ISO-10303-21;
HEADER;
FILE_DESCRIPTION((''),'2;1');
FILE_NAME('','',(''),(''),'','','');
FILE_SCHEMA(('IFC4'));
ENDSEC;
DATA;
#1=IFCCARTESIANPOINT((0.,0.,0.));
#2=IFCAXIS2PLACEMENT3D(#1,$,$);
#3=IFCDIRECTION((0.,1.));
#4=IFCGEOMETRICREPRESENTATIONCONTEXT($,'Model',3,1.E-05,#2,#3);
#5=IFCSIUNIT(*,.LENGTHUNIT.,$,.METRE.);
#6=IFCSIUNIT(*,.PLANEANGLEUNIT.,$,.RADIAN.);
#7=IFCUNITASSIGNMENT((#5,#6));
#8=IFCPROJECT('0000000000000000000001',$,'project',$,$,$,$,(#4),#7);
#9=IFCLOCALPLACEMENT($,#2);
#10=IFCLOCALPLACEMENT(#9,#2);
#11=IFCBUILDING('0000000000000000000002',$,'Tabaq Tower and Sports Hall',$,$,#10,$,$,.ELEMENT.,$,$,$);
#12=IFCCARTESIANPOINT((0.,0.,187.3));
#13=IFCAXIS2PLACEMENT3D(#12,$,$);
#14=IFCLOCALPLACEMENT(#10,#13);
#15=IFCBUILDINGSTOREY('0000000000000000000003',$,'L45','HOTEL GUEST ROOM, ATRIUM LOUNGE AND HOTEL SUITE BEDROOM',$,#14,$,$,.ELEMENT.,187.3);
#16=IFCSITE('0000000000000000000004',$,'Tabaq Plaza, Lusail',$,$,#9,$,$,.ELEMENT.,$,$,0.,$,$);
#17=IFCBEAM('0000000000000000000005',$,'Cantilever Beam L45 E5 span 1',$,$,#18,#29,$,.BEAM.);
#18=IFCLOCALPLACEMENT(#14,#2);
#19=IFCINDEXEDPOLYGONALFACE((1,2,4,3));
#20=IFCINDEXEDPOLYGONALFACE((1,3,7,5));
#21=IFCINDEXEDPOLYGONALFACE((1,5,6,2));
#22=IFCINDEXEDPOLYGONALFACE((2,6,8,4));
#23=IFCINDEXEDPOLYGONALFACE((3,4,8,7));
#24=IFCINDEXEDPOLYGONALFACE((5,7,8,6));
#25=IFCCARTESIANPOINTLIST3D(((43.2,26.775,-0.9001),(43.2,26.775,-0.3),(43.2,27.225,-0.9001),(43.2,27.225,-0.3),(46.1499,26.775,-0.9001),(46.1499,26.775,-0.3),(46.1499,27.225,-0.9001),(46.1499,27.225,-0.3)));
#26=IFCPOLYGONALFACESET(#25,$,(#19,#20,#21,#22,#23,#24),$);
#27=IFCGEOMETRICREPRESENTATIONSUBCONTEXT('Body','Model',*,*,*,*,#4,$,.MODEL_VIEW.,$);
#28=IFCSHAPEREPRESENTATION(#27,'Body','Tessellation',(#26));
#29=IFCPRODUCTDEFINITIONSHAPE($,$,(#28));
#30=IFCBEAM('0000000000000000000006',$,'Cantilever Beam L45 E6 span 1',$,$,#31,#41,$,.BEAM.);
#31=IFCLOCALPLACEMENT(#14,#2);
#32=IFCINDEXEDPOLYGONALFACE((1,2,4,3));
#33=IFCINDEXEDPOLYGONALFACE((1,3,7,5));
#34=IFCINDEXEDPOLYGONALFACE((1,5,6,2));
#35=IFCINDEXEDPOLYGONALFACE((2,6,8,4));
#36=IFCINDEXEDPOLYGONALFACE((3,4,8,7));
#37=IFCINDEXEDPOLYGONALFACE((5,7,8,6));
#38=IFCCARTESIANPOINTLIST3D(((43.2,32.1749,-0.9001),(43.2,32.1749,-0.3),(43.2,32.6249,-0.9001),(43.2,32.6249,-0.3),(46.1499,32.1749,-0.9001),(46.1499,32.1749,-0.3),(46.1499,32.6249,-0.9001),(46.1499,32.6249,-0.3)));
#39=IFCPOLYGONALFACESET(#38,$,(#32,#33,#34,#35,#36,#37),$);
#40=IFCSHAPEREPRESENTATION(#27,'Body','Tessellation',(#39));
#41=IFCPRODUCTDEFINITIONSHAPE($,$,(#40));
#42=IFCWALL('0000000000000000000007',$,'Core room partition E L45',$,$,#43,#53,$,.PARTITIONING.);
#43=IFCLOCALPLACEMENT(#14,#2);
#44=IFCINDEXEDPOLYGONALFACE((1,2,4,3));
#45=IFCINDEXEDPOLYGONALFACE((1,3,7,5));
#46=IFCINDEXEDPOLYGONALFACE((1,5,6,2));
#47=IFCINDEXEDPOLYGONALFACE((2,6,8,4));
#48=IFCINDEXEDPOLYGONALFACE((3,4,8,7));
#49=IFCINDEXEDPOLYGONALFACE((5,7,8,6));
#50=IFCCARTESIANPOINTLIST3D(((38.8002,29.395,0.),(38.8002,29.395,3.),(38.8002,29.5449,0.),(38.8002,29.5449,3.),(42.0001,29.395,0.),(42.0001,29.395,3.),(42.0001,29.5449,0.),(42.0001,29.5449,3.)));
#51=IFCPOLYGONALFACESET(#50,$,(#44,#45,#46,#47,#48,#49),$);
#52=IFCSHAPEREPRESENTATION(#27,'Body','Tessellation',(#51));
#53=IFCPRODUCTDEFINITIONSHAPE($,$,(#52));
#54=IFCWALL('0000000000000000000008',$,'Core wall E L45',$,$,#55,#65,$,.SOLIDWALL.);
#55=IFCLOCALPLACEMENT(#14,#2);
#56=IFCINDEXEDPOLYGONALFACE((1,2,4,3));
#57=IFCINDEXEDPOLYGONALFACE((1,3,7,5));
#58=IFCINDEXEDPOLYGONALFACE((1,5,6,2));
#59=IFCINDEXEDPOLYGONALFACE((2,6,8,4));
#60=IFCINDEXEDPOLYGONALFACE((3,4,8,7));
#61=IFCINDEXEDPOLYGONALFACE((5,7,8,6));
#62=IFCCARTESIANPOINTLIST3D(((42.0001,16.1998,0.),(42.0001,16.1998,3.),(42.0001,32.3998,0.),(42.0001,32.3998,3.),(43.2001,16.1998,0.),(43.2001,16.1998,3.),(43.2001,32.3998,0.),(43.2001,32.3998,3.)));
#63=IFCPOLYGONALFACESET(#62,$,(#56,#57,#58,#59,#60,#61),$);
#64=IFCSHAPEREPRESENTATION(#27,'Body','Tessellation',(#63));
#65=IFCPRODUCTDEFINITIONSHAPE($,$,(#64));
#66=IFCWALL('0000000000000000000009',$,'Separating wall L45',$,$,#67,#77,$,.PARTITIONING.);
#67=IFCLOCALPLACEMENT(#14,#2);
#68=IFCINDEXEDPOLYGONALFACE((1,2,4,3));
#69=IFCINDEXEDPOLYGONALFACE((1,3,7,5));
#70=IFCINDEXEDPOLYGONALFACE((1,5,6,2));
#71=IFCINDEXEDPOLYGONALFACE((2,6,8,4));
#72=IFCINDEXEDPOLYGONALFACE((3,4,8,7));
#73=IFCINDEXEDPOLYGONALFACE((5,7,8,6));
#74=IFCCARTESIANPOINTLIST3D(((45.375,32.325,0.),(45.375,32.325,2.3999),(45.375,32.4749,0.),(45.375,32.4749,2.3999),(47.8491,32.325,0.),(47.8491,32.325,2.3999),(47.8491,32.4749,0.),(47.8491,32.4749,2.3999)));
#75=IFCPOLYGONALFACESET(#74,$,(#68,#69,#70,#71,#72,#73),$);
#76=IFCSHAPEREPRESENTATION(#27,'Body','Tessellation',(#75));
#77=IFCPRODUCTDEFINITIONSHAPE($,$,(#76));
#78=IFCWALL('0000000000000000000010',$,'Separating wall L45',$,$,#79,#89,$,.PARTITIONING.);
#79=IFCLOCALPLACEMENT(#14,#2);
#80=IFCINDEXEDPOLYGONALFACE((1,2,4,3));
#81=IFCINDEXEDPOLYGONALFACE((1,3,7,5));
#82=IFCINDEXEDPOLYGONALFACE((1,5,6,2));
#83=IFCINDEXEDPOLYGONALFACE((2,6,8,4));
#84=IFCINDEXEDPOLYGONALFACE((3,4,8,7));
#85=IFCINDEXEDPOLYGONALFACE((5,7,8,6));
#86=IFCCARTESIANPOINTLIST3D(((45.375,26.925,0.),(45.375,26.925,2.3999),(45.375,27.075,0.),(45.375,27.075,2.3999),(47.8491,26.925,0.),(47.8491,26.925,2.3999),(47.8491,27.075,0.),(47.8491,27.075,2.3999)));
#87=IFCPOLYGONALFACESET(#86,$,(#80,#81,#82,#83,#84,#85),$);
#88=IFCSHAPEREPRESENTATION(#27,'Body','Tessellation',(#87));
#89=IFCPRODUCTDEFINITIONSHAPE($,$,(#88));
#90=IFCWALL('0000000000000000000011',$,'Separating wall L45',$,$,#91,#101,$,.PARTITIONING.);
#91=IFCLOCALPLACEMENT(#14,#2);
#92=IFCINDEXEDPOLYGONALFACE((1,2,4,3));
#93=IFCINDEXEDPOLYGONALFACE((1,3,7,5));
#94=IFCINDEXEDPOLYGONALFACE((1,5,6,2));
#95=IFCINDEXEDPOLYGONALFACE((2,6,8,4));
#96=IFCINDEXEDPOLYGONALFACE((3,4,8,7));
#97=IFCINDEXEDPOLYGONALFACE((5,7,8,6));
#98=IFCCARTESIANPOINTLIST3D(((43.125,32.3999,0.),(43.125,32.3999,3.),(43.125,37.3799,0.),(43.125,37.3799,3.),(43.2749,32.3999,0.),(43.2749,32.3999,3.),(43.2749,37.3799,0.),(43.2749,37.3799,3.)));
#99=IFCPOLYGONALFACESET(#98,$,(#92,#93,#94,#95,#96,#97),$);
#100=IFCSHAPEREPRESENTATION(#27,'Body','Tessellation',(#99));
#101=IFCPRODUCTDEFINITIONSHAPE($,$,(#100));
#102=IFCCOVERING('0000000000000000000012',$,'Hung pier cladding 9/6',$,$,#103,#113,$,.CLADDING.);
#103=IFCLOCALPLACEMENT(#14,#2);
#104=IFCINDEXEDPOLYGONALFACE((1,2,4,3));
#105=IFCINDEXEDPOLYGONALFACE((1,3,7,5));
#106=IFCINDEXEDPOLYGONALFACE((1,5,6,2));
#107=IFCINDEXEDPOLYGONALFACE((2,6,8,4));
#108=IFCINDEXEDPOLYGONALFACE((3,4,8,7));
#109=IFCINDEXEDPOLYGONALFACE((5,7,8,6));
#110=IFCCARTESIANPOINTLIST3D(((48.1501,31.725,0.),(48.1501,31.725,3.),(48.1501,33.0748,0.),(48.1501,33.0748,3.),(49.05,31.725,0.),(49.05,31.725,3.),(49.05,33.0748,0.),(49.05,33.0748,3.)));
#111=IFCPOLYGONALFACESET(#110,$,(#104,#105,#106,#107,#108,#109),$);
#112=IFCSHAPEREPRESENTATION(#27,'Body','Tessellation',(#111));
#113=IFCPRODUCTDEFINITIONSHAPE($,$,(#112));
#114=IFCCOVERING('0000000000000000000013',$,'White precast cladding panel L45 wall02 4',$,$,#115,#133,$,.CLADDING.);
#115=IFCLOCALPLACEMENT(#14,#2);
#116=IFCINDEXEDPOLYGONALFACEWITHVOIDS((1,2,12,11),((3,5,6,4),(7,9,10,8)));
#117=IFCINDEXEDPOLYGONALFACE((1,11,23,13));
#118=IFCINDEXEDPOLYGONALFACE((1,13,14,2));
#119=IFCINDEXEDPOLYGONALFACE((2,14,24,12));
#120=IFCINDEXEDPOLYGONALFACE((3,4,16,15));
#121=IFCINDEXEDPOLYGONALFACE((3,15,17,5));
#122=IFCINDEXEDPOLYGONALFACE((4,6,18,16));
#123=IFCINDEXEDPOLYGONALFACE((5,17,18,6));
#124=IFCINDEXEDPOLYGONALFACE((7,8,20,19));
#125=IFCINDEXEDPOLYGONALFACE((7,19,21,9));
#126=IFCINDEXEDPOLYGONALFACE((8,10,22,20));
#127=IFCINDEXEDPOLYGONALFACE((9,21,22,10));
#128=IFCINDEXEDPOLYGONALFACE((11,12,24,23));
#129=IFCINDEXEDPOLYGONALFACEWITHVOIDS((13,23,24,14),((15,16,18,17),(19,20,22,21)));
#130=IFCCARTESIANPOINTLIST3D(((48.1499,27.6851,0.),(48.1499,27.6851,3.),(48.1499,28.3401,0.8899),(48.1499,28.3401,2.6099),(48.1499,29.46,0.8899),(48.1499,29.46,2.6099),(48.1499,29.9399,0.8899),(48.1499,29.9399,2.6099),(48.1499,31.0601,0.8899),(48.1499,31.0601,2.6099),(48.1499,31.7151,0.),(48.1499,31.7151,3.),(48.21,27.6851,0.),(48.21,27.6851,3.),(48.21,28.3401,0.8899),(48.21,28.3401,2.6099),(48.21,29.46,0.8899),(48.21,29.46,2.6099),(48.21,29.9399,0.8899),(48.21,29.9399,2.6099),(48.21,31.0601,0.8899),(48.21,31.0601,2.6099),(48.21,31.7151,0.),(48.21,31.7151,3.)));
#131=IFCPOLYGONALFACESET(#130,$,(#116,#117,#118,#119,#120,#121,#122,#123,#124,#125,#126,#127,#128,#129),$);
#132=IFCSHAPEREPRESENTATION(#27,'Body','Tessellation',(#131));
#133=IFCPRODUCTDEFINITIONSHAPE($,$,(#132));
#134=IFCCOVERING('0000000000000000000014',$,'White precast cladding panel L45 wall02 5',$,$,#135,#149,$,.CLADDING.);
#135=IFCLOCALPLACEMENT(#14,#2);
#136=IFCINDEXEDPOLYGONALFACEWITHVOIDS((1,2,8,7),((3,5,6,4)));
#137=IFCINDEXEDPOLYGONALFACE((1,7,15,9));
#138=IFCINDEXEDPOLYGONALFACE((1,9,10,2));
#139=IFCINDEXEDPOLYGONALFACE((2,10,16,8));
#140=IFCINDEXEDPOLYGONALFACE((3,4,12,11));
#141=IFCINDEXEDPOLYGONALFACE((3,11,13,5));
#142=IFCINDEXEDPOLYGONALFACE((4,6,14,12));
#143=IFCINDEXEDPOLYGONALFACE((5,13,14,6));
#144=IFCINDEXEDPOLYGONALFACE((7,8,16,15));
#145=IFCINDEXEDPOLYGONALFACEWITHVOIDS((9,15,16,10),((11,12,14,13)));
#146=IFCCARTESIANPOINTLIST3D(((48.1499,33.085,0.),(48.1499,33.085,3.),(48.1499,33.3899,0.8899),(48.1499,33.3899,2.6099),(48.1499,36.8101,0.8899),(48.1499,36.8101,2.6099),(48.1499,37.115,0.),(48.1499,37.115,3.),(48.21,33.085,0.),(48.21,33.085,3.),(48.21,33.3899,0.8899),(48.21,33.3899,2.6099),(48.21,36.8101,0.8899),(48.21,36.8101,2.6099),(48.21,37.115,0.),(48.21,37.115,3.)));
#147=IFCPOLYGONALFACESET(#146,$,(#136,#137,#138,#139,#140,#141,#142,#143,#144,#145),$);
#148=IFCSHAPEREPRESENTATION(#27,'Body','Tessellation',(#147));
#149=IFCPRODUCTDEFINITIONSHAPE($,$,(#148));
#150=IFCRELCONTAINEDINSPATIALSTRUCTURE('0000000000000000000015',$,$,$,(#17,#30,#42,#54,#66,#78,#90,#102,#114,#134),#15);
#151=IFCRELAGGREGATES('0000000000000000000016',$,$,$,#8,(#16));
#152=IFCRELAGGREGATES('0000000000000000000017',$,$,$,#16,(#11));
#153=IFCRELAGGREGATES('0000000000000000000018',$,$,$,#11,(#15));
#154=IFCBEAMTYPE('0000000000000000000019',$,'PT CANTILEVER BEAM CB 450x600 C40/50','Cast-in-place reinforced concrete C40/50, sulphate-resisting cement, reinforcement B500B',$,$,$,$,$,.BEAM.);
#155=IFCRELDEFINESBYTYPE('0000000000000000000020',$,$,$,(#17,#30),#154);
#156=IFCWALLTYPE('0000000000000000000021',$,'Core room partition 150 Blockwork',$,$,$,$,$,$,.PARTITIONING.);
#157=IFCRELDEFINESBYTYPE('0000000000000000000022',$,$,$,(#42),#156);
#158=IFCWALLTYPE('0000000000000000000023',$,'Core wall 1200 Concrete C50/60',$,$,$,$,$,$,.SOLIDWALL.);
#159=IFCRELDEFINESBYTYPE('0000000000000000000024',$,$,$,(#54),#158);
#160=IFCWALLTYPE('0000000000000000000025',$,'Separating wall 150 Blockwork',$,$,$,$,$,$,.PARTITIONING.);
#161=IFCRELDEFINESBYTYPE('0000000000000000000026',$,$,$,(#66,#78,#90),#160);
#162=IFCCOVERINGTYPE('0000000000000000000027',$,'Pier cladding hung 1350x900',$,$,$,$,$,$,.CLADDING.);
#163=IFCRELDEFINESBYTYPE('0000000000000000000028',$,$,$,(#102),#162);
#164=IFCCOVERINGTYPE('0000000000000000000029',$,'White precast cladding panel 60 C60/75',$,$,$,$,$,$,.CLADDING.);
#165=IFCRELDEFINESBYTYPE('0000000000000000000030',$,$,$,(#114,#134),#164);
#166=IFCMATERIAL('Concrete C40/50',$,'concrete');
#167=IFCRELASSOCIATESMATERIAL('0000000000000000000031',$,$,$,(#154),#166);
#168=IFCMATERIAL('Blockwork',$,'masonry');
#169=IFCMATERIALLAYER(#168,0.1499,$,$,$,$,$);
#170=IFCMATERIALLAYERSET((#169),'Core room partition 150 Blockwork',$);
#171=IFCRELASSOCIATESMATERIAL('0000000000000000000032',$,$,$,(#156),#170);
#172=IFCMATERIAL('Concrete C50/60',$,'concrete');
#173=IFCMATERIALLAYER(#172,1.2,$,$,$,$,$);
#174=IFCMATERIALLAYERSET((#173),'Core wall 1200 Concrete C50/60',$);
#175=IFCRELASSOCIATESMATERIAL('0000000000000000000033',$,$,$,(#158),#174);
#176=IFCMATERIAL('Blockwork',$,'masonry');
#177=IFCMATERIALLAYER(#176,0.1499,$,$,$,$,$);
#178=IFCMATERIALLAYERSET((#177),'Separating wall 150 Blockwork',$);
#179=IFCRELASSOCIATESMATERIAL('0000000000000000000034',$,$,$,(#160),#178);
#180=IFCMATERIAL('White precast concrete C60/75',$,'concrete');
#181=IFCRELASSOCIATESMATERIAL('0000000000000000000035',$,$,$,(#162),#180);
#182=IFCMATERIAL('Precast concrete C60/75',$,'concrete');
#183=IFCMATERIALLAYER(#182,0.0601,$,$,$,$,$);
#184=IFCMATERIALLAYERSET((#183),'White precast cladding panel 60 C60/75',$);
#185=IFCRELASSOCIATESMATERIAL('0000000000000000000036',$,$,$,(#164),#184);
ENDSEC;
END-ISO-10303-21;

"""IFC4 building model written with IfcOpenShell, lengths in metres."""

from ifc_helpers import new_model, si_unit, direction, frame, frame_2d, origin, origin_2d, place, context, subcontext, project, spatial, polyline, rectangle, outline, extrude, material, layer, layer_set, material_profile, profile_set, type_object, element, save


model = new_model("IFC4")

# Units and contexts
model_context = context("Model", 3, precision=1e-05, world=origin(), true_north=direction((0.0, 1.0)))
body_context = subcontext(model_context, "Body", "Model", "MODEL_VIEW")
ifc_project = project(units=[si_unit("LENGTHUNIT", "METRE"), si_unit("PLANEANGLEUNIT", "RADIAN")], contexts=[model_context])

# Site, building, storey
site_placement = place(None, origin())
site = spatial("IfcSite", under=ifc_project, at=site_placement, Name="Tabaq Plaza, Lusail", CompositionType="ELEMENT", RefElevation=0.0)
building_placement = place(site_placement, origin())
building = spatial("IfcBuilding", under=site, at=building_placement, Name="Tabaq Tower and Sports Hall", CompositionType="ELEMENT")
storey_placement = place(building_placement, frame((0.0, 0.0, 187.3)))
storey = spatial("IfcBuildingStorey", under=building, at=storey_placement, Name="L45", Description="HOTEL GUEST ROOM, ATRIUM LOUNGE AND HOTEL SUITE BEDROOM", CompositionType="ELEMENT", Elevation=187.3)

# Beams
ifc_material_1 = material(Name="Concrete C40/50", Category="concrete")
ifc_material_profile = material_profile(ifc_material_1, rectangle(XDim=0.45, YDim=0.6001, at=origin_2d()), Name="CB 450x600")
ifc_profile_set = profile_set([ifc_material_profile], Name="Concrete C40/50")
beam_type = type_object("IfcBeamType", Name="PT CANTILEVER BEAM CB 450x600 C40/50", Description="Cast-in-place reinforced concrete C40/50, sulphate-resisting cement, reinforcement B500B", PredefinedType="BEAM", material=ifc_profile_set)
for number, where, z_axis, x_axis, name in (
    (1, (46.1499, 27.0, -0.6001), (-1.0, 0.0, 0.0), (0.0, -1.0, 0.0), "Cantilever Beam L45 E5 span 1"),
    (2, (46.1499, 32.3999, -0.6001), (-1.0, 0.0, 0.0), (0.0, -1.0, 0.0), "Cantilever Beam L45 E6 span 1"),
):
    element("IfcBeam", number, at=place(storey_placement, frame(where, z_axis=z_axis, x_axis=x_axis)), inside=storey, type_object=beam_type, Name=name, PredefinedType="BEAM", context=body_context, shape_type="SweptSolid", body=[
        extrude(rectangle(XDim=0.45, YDim=0.6001, at=origin_2d()), origin(), (0.0, 0.0, 1.0), 2.95),
    ])

# Walls
ifc_material_2 = material(Name="Blockwork", Category="masonry")
ifc_layer_1 = layer(ifc_material_2, 0.1499)
ifc_layer_set_1 = layer_set([ifc_layer_1], Name="Core room partition 150 Blockwork")
wall_type_1 = type_object("IfcWallType", Name="Core room partition 150 Blockwork", PredefinedType="PARTITIONING", material=ifc_layer_set_1)
wall_1_placement = place(storey_placement, frame((38.8, 29.47, 0.0), z_axis=(0.0, 0.0, 1.0), x_axis=(1.0, 0.0, 0.0)))
element("IfcWall", 3, at=wall_1_placement, inside=storey, type_object=wall_type_1, Name="Core room partition E L45", PredefinedType="PARTITIONING", context=body_context, shape_type="SweptSolid", body=[
    extrude(rectangle(XDim=3.2, YDim=0.1499, at=frame_2d((1.6001, 0.0))), origin(), (0.0, 0.0, 1.0), 3.0),
])
ifc_material_3 = material(Name="Concrete C50/60", Category="concrete")
ifc_layer_2 = layer(ifc_material_3, 1.2)
ifc_layer_set_2 = layer_set([ifc_layer_2], Name="Core wall 1200 Concrete C50/60")
wall_type_2 = type_object("IfcWallType", Name="Core wall 1200 Concrete C50/60", PredefinedType="SOLIDWALL", material=ifc_layer_set_2)
wall_2_placement = place(storey_placement, frame((42.6001, 32.3999, 0.0), z_axis=(0.0, 0.0, 1.0), x_axis=(0.0, -1.0, 0.0)))
element("IfcWall", 4, at=wall_2_placement, inside=storey, type_object=wall_type_2, Name="Core wall E L45", PredefinedType="SOLIDWALL", context=body_context, shape_type="SweptSolid", body=[
    extrude(rectangle(XDim=16.2, YDim=1.2, at=frame_2d((8.1001, 0.0))), origin(), (0.0, 0.0, 1.0), 3.0),
])
ifc_material_4 = material(Name="Blockwork", Category="masonry")
ifc_layer_3 = layer(ifc_material_4, 0.1499)
ifc_layer_set_3 = layer_set([ifc_layer_3], Name="Separating wall 150 Blockwork")
wall_type_3 = type_object("IfcWallType", Name="Separating wall 150 Blockwork", PredefinedType="PARTITIONING", material=ifc_layer_set_3)
for number, where, z_axis, x_axis, name in (
    (5, (45.375, 32.3999, 0.0), (0.0, 0.0, 1.0), (1.0, 0.0, 0.0), "Separating wall L45"),
    (6, (45.375, 27.0, 0.0), (0.0, 0.0, 1.0), (1.0, 0.0, 0.0), "Separating wall L45"),
):
    element("IfcWall", number, at=place(storey_placement, frame(where, z_axis=z_axis, x_axis=x_axis)), inside=storey, type_object=wall_type_3, Name=name, PredefinedType="PARTITIONING", context=body_context, shape_type="SweptSolid", body=[
        extrude(rectangle(XDim=2.4741, YDim=0.1499, at=frame_2d((1.2371, 0.0))), origin(), (0.0, 0.0, 1.0), 2.3999),
    ])
wall_3_placement = place(storey_placement, frame((43.2, 32.3999, 0.0), z_axis=(0.0, 0.0, 1.0), x_axis=(0.0, 1.0, 0.0)))
element("IfcWall", 7, at=wall_3_placement, inside=storey, type_object=wall_type_3, Name="Separating wall L45", PredefinedType="PARTITIONING", context=body_context, shape_type="SweptSolid", body=[
    extrude(rectangle(XDim=4.98, YDim=0.1499, at=frame_2d((2.49, 0.0))), origin(), (0.0, 0.0, 1.0), 3.0),
])

# Coverings
ifc_material_5 = material(Name="White precast concrete C60/75", Category="concrete")
covering_type_1 = type_object("IfcCoveringType", Name="Pier cladding hung 1350x900", PredefinedType="CLADDING", material=ifc_material_5)
covering_1_placement = place(storey_placement, frame((48.6001, 31.7251, 0.0), z_axis=(0.0, 0.0, 1.0), x_axis=(0.0, 1.0, 0.0)))
element("IfcCovering", 8, at=covering_1_placement, inside=storey, type_object=covering_type_1, Name="Hung pier cladding 9/6", PredefinedType="CLADDING", context=body_context, shape_type="SweptSolid", body=[
    extrude(rectangle(XDim=1.3499, YDim=0.8999, at=frame_2d((0.6748, 0.0))), origin(), (0.0, 0.0, 1.0), 3.0),
])
ifc_material_6 = material(Name="Precast concrete C60/75", Category="concrete")
ifc_layer_4 = layer(ifc_material_6, 0.0601)
ifc_layer_set_4 = layer_set([ifc_layer_4], Name="White precast cladding panel 60 C60/75")
covering_type_2 = type_object("IfcCoveringType", Name="White precast cladding panel 60 C60/75", PredefinedType="CLADDING", material=ifc_layer_set_4)
covering_2_placement = place(storey_placement, frame((48.1799, 27.6851, 0.0), z_axis=(0.0, 0.0, 1.0), x_axis=(0.0, 1.0, 0.0)))
element("IfcCovering", 9, at=covering_2_placement, inside=storey, type_object=covering_type_2, Name="White precast cladding panel L45 wall02 4", PredefinedType="CLADDING", context=body_context, shape_type="SweptSolid", body=[
    extrude(outline(polyline([(0.0, 0.0), (4.03, 0.0), (4.03, 3.0), (0.0, 3.0), (0.0, 0.0)]), holes=[polyline([(0.655, 2.6099), (1.7749, 2.6099), (1.7749, 0.8899), (0.655, 0.8899), (0.655, 2.6099)]), polyline([(2.2549, 2.6099), (3.375, 2.6099), (3.375, 0.8899), (2.2549, 0.8899), (2.2549, 2.6099)])]), frame((0.0, 0.03, 0.0), z_axis=(0.0, -1.0, 0.0), x_axis=(1.0, 0.0, 0.0)), (0.0, 0.0, 1.0), 0.0601),
])
covering_3_placement = place(storey_placement, frame((48.1799, 33.085, 0.0), z_axis=(0.0, 0.0, 1.0), x_axis=(0.0, 1.0, 0.0)))
element("IfcCovering", 10, at=covering_3_placement, inside=storey, type_object=covering_type_2, Name="White precast cladding panel L45 wall02 5", PredefinedType="CLADDING", context=body_context, shape_type="SweptSolid", body=[
    extrude(outline(polyline([(0.0, 0.0), (4.03, 0.0), (4.03, 3.0), (0.0, 3.0), (0.0, 0.0)]), holes=[polyline([(0.3049, 0.8899), (0.3049, 2.6099), (3.7251, 2.6099), (3.7251, 0.8899), (0.3049, 0.8899)])]), frame((0.0, 0.03, 0.0), z_axis=(0.0, -1.0, 0.0), x_axis=(1.0, 0.0, 0.0)), (0.0, 0.0, 1.0), 0.0601),
])

save(model, "model.ifc")
